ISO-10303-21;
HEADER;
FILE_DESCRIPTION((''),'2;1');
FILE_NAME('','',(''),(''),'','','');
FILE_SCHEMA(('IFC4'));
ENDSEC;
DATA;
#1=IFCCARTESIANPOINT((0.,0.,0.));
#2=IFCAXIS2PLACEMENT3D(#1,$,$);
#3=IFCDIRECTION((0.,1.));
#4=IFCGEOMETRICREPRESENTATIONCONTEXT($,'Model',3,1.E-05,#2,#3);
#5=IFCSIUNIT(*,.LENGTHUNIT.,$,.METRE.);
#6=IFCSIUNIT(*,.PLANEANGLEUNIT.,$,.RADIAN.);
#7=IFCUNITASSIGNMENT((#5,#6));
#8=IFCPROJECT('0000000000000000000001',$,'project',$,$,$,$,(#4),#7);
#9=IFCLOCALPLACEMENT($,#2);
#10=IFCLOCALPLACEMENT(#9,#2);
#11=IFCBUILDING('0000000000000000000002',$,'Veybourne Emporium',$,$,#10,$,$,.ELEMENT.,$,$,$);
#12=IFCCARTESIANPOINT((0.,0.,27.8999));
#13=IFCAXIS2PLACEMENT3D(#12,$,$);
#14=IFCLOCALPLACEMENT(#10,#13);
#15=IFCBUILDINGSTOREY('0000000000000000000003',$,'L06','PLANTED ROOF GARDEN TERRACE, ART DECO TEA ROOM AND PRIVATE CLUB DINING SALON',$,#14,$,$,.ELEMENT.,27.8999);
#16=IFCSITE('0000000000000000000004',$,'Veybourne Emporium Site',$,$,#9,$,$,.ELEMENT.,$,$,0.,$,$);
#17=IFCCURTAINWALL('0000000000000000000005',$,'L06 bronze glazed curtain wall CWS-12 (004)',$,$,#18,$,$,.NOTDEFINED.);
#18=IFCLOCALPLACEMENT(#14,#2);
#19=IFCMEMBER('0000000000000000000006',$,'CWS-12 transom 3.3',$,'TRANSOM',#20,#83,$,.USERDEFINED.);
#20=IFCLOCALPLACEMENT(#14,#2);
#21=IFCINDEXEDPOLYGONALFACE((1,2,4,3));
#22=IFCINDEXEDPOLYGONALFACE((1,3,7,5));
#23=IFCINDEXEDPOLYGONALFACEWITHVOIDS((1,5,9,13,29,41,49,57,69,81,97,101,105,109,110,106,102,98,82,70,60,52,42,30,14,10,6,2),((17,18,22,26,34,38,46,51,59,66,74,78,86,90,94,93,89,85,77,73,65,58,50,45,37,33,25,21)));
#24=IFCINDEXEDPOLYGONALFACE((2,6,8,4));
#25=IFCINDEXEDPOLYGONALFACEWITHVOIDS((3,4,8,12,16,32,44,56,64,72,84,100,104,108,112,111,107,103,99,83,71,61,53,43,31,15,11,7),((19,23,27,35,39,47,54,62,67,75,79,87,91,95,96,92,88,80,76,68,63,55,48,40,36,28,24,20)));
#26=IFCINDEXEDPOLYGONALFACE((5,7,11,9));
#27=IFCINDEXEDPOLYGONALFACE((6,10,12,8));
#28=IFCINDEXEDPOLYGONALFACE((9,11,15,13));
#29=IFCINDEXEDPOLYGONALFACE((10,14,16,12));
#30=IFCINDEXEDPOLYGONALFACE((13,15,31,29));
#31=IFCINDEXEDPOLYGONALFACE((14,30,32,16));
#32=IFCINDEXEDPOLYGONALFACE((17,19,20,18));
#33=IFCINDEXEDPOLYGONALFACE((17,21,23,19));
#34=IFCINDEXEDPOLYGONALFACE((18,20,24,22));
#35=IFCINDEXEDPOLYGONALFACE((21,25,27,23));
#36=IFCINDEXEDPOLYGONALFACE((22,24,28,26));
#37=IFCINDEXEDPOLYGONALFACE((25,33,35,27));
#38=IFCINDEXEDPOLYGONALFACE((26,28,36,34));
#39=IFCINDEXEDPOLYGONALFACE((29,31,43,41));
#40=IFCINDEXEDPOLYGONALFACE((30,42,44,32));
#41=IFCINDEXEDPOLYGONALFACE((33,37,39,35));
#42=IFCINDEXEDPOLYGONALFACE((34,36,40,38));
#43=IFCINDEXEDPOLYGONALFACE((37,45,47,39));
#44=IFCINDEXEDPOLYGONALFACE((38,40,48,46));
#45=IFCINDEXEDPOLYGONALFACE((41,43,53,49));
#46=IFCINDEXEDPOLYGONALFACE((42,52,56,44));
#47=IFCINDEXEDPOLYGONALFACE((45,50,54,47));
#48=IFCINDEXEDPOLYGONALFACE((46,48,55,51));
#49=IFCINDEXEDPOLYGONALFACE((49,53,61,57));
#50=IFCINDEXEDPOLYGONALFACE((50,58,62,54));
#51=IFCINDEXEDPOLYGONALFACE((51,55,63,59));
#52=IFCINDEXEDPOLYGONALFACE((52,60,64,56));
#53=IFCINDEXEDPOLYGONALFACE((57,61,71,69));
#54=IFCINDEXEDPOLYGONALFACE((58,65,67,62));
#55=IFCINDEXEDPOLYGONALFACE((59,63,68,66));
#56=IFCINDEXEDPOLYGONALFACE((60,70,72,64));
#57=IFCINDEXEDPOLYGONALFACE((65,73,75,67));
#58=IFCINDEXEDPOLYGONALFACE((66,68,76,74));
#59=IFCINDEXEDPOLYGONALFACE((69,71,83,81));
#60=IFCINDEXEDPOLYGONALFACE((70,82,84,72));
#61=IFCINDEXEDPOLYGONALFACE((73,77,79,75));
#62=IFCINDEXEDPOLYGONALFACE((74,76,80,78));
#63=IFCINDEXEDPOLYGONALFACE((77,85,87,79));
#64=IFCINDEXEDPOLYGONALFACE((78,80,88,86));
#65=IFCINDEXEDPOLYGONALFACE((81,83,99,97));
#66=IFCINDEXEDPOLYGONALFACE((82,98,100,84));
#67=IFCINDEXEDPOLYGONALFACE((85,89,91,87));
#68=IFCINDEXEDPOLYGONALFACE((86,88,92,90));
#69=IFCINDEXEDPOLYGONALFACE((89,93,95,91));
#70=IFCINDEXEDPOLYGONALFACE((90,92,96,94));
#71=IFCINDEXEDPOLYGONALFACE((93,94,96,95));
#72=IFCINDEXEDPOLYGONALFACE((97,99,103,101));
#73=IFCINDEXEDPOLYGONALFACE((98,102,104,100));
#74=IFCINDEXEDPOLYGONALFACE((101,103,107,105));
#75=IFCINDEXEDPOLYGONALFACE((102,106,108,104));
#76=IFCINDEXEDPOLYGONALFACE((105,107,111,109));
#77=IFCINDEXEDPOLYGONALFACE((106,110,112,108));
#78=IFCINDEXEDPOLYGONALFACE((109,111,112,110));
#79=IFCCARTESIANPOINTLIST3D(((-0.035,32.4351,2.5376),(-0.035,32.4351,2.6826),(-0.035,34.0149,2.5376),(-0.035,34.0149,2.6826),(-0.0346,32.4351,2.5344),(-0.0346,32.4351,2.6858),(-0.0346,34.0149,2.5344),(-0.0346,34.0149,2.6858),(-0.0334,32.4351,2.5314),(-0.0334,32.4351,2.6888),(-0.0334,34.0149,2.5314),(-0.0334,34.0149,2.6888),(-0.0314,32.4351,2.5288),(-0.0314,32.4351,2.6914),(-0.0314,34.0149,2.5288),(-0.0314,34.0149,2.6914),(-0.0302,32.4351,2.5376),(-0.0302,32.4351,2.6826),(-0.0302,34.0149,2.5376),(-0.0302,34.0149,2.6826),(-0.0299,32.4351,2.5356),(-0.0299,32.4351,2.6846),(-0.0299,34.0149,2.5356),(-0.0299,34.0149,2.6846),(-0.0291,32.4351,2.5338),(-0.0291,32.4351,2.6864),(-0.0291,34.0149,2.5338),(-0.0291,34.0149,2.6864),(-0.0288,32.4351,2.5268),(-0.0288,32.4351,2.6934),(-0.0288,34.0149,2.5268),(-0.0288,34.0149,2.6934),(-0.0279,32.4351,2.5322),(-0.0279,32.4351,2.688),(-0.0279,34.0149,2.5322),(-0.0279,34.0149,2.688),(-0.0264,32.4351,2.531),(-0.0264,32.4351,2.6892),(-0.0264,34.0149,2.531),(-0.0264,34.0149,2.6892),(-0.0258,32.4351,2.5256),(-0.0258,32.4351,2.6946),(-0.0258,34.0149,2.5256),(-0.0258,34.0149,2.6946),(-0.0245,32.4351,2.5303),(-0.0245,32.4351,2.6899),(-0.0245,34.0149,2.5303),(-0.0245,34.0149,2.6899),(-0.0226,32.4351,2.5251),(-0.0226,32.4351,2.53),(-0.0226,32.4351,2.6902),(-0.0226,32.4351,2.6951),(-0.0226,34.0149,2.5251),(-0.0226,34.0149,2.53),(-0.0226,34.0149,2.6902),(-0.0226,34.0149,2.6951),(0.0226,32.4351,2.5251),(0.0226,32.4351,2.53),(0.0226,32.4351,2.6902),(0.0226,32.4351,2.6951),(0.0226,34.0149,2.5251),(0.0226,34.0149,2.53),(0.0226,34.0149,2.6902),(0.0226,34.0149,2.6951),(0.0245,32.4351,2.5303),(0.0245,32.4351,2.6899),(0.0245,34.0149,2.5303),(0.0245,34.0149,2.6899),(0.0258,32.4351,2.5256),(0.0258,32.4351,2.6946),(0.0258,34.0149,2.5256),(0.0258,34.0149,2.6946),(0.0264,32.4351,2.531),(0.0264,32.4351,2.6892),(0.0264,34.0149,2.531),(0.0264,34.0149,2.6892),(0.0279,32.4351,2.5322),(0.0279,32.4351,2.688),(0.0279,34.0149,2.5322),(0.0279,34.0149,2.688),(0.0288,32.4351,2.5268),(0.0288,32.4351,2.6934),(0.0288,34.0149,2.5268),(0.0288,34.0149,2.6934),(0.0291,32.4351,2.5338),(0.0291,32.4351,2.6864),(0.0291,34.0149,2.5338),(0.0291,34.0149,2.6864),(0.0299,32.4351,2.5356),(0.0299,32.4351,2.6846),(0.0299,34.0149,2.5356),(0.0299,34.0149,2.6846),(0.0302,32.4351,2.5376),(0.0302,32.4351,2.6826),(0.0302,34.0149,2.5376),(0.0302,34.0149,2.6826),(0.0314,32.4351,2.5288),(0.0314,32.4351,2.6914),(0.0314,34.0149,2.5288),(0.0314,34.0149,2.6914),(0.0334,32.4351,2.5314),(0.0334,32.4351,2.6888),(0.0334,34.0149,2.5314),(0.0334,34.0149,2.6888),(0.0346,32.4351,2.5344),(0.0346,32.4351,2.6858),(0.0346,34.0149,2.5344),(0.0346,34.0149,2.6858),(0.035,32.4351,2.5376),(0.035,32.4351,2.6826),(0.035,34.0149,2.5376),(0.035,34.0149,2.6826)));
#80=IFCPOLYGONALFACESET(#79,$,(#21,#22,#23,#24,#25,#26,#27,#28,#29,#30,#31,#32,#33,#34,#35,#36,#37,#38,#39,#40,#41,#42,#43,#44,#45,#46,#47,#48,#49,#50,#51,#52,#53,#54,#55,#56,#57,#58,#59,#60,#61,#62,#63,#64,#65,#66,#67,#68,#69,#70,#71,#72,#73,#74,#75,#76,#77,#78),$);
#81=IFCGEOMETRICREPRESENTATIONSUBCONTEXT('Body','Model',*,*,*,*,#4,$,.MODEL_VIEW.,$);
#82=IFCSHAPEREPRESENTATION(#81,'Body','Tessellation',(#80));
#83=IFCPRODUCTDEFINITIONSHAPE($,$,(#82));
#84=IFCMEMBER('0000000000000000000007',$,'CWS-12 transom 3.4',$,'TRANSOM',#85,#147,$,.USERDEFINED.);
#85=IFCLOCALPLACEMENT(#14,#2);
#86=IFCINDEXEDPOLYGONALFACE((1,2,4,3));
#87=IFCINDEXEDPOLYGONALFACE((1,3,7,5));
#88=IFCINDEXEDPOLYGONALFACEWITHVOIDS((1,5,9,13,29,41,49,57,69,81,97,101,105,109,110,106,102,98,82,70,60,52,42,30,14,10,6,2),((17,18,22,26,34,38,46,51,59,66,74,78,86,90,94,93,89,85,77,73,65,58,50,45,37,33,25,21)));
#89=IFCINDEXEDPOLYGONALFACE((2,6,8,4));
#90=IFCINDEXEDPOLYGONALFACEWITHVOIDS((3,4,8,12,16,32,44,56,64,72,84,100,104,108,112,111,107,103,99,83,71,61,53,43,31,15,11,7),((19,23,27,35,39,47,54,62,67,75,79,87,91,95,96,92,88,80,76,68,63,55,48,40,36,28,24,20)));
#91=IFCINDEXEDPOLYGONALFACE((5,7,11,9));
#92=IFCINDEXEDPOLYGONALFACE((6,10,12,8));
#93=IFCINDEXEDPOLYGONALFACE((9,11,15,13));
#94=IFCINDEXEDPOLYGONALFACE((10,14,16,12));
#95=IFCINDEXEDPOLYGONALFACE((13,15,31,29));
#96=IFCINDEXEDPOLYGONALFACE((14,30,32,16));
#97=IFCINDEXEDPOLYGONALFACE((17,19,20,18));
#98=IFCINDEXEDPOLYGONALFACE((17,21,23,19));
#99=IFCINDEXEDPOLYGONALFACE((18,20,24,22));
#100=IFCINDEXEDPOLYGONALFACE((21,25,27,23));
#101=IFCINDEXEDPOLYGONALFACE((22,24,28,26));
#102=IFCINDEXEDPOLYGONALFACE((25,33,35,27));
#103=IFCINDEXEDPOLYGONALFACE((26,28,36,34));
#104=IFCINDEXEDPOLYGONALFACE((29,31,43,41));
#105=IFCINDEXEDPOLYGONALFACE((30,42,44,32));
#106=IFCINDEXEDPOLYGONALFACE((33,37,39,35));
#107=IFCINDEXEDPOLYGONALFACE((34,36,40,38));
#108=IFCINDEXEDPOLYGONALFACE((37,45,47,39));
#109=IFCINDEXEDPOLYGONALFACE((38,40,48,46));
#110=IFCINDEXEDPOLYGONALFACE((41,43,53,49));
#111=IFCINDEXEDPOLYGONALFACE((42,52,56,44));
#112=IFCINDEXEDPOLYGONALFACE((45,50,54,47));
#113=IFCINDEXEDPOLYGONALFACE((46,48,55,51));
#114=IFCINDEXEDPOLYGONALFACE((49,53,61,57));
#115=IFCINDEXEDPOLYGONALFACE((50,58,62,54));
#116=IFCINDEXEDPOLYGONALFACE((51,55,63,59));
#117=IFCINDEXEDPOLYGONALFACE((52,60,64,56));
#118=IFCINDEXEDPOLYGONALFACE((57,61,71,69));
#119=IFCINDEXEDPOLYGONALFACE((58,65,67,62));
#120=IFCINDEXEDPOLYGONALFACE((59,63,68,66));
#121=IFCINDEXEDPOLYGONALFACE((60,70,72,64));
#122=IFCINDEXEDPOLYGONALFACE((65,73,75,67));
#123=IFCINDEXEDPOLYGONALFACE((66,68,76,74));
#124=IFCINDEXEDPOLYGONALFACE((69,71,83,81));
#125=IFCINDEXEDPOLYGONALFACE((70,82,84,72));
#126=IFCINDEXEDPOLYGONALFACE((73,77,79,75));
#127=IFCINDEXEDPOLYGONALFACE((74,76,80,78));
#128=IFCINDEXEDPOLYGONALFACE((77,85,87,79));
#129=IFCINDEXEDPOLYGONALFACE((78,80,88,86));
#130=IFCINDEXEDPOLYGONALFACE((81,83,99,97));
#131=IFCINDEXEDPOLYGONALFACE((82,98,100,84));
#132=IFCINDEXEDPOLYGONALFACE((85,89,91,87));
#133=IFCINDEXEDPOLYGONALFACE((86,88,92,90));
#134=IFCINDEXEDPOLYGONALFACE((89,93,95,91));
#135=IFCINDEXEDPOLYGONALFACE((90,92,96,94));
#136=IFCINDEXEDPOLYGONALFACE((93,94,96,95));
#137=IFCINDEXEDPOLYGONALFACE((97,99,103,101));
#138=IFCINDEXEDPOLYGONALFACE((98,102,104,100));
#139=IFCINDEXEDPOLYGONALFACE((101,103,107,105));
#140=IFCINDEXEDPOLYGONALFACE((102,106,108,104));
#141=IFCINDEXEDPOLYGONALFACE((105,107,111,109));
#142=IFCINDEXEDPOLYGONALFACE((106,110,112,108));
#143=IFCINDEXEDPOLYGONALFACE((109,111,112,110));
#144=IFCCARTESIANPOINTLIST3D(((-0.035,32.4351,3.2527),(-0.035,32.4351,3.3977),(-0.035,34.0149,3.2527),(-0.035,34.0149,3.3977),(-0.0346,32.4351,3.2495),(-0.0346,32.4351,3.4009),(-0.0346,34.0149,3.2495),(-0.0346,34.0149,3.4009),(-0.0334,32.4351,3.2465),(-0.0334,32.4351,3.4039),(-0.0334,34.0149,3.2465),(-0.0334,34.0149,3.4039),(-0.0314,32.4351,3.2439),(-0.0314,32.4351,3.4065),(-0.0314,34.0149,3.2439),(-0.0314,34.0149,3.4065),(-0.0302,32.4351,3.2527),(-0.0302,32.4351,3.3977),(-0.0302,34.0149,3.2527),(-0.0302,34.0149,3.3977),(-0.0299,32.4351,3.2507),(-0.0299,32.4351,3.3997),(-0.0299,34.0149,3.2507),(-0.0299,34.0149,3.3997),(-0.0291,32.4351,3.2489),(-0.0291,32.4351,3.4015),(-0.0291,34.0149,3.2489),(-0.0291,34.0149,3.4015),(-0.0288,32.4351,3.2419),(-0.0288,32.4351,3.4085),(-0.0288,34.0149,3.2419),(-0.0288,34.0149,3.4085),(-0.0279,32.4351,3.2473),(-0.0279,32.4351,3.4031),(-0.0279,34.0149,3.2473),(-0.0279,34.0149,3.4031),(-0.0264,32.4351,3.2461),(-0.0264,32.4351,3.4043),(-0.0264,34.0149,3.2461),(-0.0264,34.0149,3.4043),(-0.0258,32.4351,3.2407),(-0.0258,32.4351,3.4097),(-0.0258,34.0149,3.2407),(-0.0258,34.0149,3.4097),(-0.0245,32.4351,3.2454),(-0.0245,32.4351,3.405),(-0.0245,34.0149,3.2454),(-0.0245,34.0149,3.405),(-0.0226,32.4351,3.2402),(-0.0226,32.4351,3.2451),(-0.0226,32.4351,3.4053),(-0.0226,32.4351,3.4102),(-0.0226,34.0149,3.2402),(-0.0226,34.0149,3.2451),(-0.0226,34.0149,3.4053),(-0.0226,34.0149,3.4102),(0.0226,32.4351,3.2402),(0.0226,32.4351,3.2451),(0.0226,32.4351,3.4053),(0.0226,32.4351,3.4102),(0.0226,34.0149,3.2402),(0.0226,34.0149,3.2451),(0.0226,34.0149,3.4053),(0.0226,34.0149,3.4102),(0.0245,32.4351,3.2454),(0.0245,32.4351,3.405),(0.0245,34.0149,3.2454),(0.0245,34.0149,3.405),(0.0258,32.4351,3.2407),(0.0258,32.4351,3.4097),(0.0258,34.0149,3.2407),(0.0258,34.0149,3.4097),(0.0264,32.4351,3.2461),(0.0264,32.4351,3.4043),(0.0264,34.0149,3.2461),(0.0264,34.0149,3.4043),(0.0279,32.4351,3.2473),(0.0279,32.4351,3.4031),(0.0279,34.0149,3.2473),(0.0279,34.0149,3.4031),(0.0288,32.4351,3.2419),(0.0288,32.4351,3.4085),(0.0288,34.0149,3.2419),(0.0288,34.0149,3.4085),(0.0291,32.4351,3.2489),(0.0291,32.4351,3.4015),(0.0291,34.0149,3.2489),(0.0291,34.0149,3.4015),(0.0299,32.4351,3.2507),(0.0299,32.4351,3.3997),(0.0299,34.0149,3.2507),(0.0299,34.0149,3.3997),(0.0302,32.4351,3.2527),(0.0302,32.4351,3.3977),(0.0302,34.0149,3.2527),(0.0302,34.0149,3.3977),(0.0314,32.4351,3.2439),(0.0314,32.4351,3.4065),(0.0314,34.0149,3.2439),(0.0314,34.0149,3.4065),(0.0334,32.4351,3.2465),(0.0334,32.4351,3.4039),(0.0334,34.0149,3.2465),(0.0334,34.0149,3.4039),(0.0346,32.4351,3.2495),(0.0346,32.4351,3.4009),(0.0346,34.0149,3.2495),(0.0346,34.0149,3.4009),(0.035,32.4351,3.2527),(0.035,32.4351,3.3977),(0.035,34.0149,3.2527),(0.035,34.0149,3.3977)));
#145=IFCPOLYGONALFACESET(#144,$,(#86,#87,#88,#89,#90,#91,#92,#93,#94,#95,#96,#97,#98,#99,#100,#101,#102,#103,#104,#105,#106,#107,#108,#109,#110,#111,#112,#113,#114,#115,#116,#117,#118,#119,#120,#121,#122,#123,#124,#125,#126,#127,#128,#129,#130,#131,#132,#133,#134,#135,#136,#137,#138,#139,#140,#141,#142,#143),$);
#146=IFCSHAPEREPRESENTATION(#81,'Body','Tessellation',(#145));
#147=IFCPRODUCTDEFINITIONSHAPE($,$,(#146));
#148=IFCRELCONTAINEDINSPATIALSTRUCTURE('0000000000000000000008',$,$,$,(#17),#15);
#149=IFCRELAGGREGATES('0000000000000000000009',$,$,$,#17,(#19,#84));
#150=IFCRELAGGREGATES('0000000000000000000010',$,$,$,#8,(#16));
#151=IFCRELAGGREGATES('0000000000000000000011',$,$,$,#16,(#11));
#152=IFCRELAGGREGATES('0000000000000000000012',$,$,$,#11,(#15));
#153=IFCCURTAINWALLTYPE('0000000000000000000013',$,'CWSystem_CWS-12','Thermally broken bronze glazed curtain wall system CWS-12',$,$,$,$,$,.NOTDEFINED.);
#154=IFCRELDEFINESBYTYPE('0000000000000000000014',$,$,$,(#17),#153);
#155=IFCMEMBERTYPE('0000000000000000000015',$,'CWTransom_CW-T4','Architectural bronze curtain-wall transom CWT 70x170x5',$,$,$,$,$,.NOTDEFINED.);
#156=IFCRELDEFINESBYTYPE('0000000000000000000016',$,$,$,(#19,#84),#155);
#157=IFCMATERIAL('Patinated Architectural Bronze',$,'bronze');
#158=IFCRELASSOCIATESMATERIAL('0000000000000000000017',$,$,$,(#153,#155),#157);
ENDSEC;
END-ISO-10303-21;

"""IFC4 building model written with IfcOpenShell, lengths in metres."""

from ifc_helpers import new_model, si_unit, direction, frame, origin, origin_2d, place, context, subcontext, project, spatial, hollow_rectangle, extrude, material, material_profile, profile_set, type_object, element, aggregate, save


model = new_model("IFC4")

# Units and contexts
model_context = context("Model", 3, precision=1e-05, world=origin(), true_north=direction((0.0, 1.0)))
body_context = subcontext(model_context, "Body", "Model", "MODEL_VIEW")
ifc_project = project(units=[si_unit("LENGTHUNIT", "METRE"), si_unit("PLANEANGLEUNIT", "RADIAN")], contexts=[model_context])

# Site, building, storey
site_placement = place(None, origin())
site = spatial("IfcSite", under=ifc_project, at=site_placement, Name="Veybourne Emporium Site", CompositionType="ELEMENT", RefElevation=0.0)
building_placement = place(site_placement, origin())
building = spatial("IfcBuilding", under=site, at=building_placement, Name="Veybourne Emporium", CompositionType="ELEMENT")
storey_placement = place(building_placement, frame((0.0, 0.0, 27.8999)))
storey = spatial("IfcBuildingStorey", under=building, at=storey_placement, Name="L06", Description="PLANTED ROOF GARDEN TERRACE, ART DECO TEA ROOM AND PRIVATE CLUB DINING SALON", CompositionType="ELEMENT", Elevation=27.8999)

# Curtain wall, members
ifc_material_1 = material(Name="Patinated Architectural Bronze", Category="bronze")
curtain_wall_type = type_object("IfcCurtainWallType", Name="CWSystem_CWS-12", Description="Thermally broken bronze glazed curtain wall system CWS-12", PredefinedType="NOTDEFINED", material=ifc_material_1)
curtain_wall_placement = place(storey_placement, origin())
curtain_wall = element("IfcCurtainWall", 1, at=curtain_wall_placement, inside=storey, type_object=curtain_wall_type, Name="L06 bronze glazed curtain wall CWS-12 (004)", PredefinedType="NOTDEFINED")
ifc_material_profile_1 = material_profile(ifc_material_1, hollow_rectangle(XDim=0.0701, YDim=0.1699, WallThickness=0.0049, InnerFilletRadius=0.0076, OuterFilletRadius=0.0125, at=origin_2d()), Name="CWT 70x170x5")
ifc_profile_set_1 = profile_set([ifc_material_profile_1], Name="Patinated Architectural Bronze")
member_type_1 = type_object("IfcMemberType", Name="CWTransom_CW-T4", Description="Architectural bronze curtain-wall transom CWT 70x170x5", PredefinedType="NOTDEFINED", material=ifc_profile_set_1)
member_1_placement = place(storey_placement, frame((0.0, 32.4351, 2.6101), z_axis=(0.0, 1.0, 0.0), x_axis=(-1.0, 0.0, 0.0)))
member_1 = element("IfcMember", 2, at=member_1_placement, type_object=member_type_1, Name="CWS-12 transom 3.3", ObjectType="TRANSOM", PredefinedType="USERDEFINED", context=body_context, shape_type="SweptSolid", body=[
    extrude(hollow_rectangle(XDim=0.0701, YDim=0.1699, WallThickness=0.0049, InnerFilletRadius=0.0076, OuterFilletRadius=0.0125, at=origin_2d()), origin(), (0.0, 0.0, 1.0), 1.5798),
])
member_2_placement = place(storey_placement, frame((0.0, 32.4351, 3.3252), z_axis=(0.0, 1.0, 0.0), x_axis=(-1.0, 0.0, 0.0)))
member_2 = element("IfcMember", 3, at=member_2_placement, type_object=member_type_1, Name="CWS-12 transom 3.4", ObjectType="TRANSOM", PredefinedType="USERDEFINED", context=body_context, shape_type="SweptSolid", body=[
    extrude(hollow_rectangle(XDim=0.0701, YDim=0.1699, WallThickness=0.0049, InnerFilletRadius=0.0076, OuterFilletRadius=0.0125, at=origin_2d()), origin(), (0.0, 0.0, 1.0), 1.5798),
])

aggregate(curtain_wall, [member_1, member_2])

save(model, "model.ifc")
